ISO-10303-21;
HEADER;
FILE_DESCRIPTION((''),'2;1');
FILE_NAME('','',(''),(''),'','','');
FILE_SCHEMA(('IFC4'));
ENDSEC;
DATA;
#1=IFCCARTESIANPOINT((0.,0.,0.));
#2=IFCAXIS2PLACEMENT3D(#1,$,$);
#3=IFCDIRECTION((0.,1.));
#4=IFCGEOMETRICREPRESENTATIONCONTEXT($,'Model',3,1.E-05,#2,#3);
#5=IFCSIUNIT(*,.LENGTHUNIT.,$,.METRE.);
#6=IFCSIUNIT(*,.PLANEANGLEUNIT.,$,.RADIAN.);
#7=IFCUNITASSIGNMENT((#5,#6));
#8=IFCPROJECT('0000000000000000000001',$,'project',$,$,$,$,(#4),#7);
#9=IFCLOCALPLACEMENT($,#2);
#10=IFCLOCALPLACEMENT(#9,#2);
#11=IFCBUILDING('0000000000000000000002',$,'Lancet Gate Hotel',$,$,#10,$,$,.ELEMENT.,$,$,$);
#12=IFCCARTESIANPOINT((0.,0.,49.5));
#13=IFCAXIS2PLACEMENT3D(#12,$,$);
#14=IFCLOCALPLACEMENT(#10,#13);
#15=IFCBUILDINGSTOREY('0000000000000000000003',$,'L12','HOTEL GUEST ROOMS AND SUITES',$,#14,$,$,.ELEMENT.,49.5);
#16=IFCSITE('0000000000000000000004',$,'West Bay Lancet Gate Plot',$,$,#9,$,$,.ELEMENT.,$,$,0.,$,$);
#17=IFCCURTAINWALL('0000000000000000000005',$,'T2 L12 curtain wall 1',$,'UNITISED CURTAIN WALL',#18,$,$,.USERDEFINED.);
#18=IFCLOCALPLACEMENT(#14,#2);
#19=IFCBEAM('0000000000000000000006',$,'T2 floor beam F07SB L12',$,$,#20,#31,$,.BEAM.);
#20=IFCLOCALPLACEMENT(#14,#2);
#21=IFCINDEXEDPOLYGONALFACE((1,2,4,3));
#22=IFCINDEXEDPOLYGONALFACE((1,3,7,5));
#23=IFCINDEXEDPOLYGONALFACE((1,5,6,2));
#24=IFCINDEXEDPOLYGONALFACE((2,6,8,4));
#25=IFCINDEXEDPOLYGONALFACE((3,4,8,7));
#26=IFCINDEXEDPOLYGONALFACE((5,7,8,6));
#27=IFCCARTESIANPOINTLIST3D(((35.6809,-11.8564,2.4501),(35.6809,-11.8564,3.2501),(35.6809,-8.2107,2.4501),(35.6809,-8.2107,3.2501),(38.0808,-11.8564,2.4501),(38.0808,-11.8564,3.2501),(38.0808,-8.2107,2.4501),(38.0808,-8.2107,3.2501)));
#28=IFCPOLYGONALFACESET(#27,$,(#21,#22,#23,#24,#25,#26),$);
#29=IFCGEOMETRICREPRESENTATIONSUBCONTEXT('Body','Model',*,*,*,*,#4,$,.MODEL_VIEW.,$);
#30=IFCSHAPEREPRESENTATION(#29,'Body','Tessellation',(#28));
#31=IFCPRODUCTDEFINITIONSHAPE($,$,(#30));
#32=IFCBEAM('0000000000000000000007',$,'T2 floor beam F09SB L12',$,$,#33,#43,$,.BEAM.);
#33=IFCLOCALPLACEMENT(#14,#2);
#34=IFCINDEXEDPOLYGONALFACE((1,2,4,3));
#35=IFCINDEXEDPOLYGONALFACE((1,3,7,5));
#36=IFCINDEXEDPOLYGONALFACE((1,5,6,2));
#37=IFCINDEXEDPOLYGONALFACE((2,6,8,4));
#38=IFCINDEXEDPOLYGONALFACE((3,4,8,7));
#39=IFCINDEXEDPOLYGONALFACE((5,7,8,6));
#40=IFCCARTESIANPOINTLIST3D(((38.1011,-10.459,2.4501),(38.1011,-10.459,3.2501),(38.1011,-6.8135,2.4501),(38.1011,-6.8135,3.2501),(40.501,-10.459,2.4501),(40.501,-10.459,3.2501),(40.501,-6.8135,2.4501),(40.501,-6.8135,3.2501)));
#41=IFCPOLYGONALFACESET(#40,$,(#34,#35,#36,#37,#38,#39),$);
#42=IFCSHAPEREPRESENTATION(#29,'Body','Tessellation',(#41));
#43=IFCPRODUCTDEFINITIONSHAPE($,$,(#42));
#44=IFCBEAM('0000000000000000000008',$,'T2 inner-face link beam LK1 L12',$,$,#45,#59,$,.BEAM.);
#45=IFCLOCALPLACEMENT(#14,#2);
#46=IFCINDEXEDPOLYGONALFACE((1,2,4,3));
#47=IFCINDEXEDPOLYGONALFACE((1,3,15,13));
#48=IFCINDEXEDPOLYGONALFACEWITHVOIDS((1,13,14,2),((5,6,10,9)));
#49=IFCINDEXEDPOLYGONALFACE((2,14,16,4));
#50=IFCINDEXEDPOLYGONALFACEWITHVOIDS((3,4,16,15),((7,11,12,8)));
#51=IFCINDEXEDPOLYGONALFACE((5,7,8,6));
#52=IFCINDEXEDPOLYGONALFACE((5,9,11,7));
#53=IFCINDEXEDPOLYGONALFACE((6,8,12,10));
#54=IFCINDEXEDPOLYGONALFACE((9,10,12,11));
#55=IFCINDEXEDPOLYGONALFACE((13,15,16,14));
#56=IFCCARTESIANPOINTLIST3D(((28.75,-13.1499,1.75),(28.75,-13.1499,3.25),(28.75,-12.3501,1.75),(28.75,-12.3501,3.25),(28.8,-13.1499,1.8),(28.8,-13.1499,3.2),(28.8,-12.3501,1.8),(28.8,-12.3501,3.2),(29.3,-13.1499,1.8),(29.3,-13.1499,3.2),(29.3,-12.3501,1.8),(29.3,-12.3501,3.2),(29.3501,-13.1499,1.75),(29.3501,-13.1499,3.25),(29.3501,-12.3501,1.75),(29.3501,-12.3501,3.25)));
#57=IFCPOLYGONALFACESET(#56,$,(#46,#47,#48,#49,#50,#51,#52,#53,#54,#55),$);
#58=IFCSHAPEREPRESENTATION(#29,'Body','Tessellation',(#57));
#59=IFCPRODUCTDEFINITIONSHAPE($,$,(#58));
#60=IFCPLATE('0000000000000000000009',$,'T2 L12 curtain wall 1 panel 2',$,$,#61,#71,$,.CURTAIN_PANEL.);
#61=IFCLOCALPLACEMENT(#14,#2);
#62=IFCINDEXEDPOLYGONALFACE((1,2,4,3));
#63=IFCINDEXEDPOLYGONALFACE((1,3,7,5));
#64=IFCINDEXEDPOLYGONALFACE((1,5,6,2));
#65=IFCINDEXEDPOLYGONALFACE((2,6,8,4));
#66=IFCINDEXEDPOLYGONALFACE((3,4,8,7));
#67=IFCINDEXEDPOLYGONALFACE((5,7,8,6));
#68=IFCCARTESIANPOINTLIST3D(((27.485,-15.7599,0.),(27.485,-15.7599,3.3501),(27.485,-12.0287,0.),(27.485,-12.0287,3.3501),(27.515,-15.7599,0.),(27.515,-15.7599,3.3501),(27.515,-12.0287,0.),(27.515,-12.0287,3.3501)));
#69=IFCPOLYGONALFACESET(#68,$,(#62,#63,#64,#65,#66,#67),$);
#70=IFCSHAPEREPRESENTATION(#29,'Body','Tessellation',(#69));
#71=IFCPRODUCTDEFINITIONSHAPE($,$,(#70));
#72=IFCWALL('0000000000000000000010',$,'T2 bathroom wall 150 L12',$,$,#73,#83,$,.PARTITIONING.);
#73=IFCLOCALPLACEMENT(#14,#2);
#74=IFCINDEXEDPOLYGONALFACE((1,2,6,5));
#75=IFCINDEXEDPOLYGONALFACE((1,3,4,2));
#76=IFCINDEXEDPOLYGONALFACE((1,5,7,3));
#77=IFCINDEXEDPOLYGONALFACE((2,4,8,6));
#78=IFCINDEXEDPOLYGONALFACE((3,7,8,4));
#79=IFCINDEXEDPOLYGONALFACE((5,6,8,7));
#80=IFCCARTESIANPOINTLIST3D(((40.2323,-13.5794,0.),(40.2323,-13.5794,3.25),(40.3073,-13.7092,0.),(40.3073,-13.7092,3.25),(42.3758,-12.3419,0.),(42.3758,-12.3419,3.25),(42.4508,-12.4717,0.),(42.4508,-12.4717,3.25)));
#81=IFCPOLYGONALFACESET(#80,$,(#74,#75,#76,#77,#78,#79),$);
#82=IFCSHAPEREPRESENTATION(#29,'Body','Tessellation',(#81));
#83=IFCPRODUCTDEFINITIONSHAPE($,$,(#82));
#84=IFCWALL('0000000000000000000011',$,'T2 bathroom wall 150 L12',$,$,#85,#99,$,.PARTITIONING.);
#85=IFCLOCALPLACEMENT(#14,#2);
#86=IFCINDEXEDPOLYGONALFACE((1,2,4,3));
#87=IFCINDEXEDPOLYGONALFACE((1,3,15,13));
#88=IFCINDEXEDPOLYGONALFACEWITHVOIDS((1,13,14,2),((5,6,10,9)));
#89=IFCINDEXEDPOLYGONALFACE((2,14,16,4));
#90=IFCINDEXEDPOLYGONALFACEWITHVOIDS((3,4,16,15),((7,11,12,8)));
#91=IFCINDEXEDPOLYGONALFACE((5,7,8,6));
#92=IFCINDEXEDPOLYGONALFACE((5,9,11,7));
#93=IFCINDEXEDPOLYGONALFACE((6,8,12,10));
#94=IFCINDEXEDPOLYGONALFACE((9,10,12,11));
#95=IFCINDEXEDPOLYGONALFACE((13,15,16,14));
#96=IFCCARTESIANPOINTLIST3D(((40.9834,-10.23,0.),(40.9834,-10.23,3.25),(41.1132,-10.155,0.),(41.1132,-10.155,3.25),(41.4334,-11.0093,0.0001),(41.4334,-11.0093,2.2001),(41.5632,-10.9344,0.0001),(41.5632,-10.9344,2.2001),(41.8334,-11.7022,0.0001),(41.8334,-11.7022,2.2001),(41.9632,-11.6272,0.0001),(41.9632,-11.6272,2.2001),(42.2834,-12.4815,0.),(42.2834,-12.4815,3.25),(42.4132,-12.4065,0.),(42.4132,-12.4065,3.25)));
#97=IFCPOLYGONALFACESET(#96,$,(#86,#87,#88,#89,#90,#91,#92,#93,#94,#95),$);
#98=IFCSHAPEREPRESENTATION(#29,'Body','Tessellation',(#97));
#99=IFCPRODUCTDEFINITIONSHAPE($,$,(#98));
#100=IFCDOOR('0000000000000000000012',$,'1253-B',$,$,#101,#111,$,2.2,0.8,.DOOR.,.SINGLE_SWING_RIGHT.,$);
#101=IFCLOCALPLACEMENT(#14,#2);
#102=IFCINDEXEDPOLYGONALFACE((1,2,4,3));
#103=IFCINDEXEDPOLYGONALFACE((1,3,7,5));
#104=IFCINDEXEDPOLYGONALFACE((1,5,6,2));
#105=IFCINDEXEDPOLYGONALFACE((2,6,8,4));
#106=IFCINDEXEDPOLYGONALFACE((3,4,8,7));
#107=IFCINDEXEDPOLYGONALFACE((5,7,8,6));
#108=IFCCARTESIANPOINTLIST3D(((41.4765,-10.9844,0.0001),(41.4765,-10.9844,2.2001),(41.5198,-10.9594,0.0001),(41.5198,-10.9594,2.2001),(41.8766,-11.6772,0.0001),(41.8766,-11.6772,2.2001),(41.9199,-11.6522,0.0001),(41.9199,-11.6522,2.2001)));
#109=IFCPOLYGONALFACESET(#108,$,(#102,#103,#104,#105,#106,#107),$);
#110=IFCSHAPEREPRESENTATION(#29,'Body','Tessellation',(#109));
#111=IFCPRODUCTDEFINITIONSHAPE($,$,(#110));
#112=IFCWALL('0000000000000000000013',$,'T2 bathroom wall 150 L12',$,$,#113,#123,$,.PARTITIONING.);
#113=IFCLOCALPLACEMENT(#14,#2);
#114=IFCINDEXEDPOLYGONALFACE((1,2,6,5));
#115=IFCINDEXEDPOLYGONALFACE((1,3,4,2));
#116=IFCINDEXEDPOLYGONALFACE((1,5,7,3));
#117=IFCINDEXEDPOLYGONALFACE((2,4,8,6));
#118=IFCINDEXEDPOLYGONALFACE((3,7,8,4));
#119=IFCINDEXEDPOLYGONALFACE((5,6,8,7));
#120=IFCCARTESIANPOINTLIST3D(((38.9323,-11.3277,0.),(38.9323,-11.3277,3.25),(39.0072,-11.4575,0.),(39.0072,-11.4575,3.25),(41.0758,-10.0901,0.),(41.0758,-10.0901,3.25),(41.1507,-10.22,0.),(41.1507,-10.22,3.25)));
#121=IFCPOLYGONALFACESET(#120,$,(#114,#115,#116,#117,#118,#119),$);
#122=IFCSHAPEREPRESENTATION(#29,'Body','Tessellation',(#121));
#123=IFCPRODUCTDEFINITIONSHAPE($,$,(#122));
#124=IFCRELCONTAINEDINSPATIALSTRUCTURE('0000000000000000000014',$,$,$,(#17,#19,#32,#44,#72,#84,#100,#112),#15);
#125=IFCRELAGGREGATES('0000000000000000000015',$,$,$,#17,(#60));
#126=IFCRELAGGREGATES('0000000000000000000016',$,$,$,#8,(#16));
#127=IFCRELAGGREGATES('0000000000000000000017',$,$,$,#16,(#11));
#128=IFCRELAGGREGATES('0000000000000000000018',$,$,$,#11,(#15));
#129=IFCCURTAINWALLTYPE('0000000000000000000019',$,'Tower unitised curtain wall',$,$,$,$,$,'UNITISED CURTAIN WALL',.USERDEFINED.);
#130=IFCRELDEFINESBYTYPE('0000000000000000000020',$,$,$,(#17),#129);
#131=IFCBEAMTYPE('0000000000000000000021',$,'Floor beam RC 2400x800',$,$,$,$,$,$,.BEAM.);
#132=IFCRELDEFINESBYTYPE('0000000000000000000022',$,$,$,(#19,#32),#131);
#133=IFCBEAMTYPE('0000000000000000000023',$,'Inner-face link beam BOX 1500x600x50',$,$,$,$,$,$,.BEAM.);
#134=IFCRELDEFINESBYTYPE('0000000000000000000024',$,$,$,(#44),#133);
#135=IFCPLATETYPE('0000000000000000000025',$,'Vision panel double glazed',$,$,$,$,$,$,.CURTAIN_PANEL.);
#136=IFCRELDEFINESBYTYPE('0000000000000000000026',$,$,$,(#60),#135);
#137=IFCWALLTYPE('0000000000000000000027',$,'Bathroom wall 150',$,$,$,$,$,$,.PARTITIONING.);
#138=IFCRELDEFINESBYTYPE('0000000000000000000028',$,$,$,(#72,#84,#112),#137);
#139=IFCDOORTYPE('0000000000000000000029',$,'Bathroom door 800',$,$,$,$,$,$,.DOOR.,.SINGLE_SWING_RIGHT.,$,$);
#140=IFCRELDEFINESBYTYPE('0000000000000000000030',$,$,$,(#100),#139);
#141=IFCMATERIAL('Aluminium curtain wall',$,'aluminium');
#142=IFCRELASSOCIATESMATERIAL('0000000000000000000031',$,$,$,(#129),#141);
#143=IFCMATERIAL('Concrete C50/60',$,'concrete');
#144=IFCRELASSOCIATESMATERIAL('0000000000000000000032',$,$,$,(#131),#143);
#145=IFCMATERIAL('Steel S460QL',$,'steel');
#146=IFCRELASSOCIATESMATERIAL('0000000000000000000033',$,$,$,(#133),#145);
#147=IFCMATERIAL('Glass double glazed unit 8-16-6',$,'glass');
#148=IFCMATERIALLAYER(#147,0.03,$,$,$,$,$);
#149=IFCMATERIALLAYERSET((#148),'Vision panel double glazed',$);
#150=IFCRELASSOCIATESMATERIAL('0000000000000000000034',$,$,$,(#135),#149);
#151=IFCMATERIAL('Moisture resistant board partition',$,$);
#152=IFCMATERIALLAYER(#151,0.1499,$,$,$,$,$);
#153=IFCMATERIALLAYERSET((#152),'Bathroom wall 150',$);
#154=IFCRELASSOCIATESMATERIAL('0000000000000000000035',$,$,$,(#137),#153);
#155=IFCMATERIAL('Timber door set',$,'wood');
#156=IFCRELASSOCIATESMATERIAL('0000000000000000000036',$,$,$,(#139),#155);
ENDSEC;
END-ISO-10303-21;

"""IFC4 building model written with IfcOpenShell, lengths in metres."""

from ifc_helpers import new_model, si_unit, direction, frame, frame_2d, origin, origin_2d, place, context, subcontext, project, spatial, rectangle, hollow_rectangle, extrude, material, layer, layer_set, material_profile, profile_set, type_object, element, fill, aggregate, save


model = new_model("IFC4")

# Units and contexts
model_context = context("Model", 3, precision=1e-05, world=origin(), true_north=direction((0.0, 1.0)))
body_context = subcontext(model_context, "Body", "Model", "MODEL_VIEW")
ifc_project = project(units=[si_unit("LENGTHUNIT", "METRE"), si_unit("PLANEANGLEUNIT", "RADIAN")], contexts=[model_context])

# Site, building, storey
site_placement = place(None, origin())
site = spatial("IfcSite", under=ifc_project, at=site_placement, Name="West Bay Lancet Gate Plot", CompositionType="ELEMENT", RefElevation=0.0)
building_placement = place(site_placement, origin())
building = spatial("IfcBuilding", under=site, at=building_placement, Name="Lancet Gate Hotel", CompositionType="ELEMENT")
storey_placement = place(building_placement, frame((0.0, 0.0, 49.5)))
storey = spatial("IfcBuildingStorey", under=building, at=storey_placement, Name="L12", Description="HOTEL GUEST ROOMS AND SUITES", CompositionType="ELEMENT", Elevation=49.5)

# Curtain wall
ifc_material_1 = material(Name="Aluminium curtain wall", Category="aluminium")
curtain_wall_type = type_object("IfcCurtainWallType", Name="Tower unitised curtain wall", ElementType="UNITISED CURTAIN WALL", PredefinedType="USERDEFINED", material=ifc_material_1)
curtain_wall_placement = place(storey_placement, origin())
curtain_wall = element("IfcCurtainWall", 1, at=curtain_wall_placement, inside=storey, type_object=curtain_wall_type, Name="T2 L12 curtain wall 1", ObjectType="UNITISED CURTAIN WALL", PredefinedType="USERDEFINED")

# Beams
ifc_material_2 = material(Name="Concrete C50/60", Category="concrete")
ifc_material_profile_1 = material_profile(ifc_material_2, rectangle(XDim=2.3999, YDim=0.8, at=origin_2d()), Name="RC 2400x800")
ifc_profile_set_1 = profile_set([ifc_material_profile_1], Name="Concrete C50/60")
beam_type_1 = type_object("IfcBeamType", Name="Floor beam RC 2400x800", PredefinedType="BEAM", material=ifc_profile_set_1)
for number, where, z_axis, x_axis, name in (
    (2, (36.8809, -11.8564, 2.8501), (0.0, 1.0, 0.0), (-1.0, 0.0, 0.0), "T2 floor beam F07SB L12"),
):
    element("IfcBeam", number, at=place(storey_placement, frame(where, z_axis=z_axis, x_axis=x_axis)), inside=storey, type_object=beam_type_1, Name=name, PredefinedType="BEAM", context=body_context, shape_type="SweptSolid", body=[
        extrude(rectangle(XDim=2.3999, YDim=0.8, at=origin_2d()), origin(), (0.0, 0.0, 1.0), 3.6458),
    ])
beam_1_placement = place(storey_placement, frame((39.301, -10.459, 2.8501), z_axis=(0.0, 1.0, 0.0), x_axis=(-1.0, 0.0, 0.0)))
element("IfcBeam", 3, at=beam_1_placement, inside=storey, type_object=beam_type_1, Name="T2 floor beam F09SB L12", PredefinedType="BEAM", context=body_context, shape_type="SweptSolid", body=[
    extrude(rectangle(XDim=2.3999, YDim=0.8, at=origin_2d()), origin(), (0.0, 0.0, 1.0), 3.6455),
])
ifc_material_3 = material(Name="Steel S460QL", Category="steel")
ifc_material_profile_2 = material_profile(ifc_material_3, hollow_rectangle(XDim=0.6001, YDim=1.5, WallThickness=0.05, at=origin_2d()), Name="BOX 1500x600x50")
ifc_profile_set_2 = profile_set([ifc_material_profile_2], Name="Steel S460QL")
beam_type_2 = type_object("IfcBeamType", Name="Inner-face link beam BOX 1500x600x50", PredefinedType="BEAM", material=ifc_profile_set_2)
beam_2_placement = place(storey_placement, frame((29.05, -13.1499, 2.5), z_axis=(0.0, 1.0, 0.0), x_axis=(-1.0, 0.0, 0.0)))
element("IfcBeam", 4, at=beam_2_placement, inside=storey, type_object=beam_type_2, Name="T2 inner-face link beam LK1 L12", PredefinedType="BEAM", context=body_context, shape_type="SweptSolid", body=[
    extrude(hollow_rectangle(XDim=0.6001, YDim=1.5, WallThickness=0.05, at=origin_2d()), origin(), (0.0, 0.0, 1.0), 0.7998),
])

# Plate
ifc_material_4 = material(Name="Glass double glazed unit 8-16-6", Category="glass")
ifc_layer_1 = layer(ifc_material_4, 0.03)
ifc_layer_set_1 = layer_set([ifc_layer_1], Name="Vision panel double glazed")
plate_type = type_object("IfcPlateType", Name="Vision panel double glazed", PredefinedType="CURTAIN_PANEL", material=ifc_layer_set_1)
plate_placement = place(storey_placement, frame((27.5, -13.8943, 0.0), z_axis=(0.0, 0.0, 1.0), x_axis=(0.0, -1.0, 0.0)))
plate = element("IfcPlate", 5, at=plate_placement, type_object=plate_type, Name="T2 L12 curtain wall 1 panel 2", PredefinedType="CURTAIN_PANEL", context=body_context, shape_type="SweptSolid", body=[
    extrude(rectangle(XDim=3.7312, YDim=0.03, at=origin_2d()), origin(), (0.0, 0.0, 1.0), 3.3501),
])
aggregate(curtain_wall, [plate])

# Wall
ifc_material_5 = material(Name="Moisture resistant board partition")
ifc_layer_2 = layer(ifc_material_5, 0.1499)
ifc_layer_set_2 = layer_set([ifc_layer_2], Name="Bathroom wall 150")
wall_type_1 = type_object("IfcWallType", Name="Bathroom wall 150", PredefinedType="PARTITIONING", material=ifc_layer_set_2)
wall_1_placement = place(storey_placement, frame((40.2698, -13.6443, 0.0), z_axis=(0.0, 0.0, 1.0), x_axis=(0.866031, 0.49999, 0.0)))
element("IfcWall", 6, at=wall_1_placement, inside=storey, type_object=wall_type_1, Name="T2 bathroom wall 150 L12", PredefinedType="PARTITIONING", context=body_context, shape_type="SweptSolid", body=[
    extrude(rectangle(XDim=2.4751, YDim=0.1499, at=frame_2d((1.2375, 0.0))), origin(), (0.0, 0.0, 1.0), 3.25),
])

# Wall, opening, door
wall_2_placement = place(storey_placement, frame((41.0483, -10.1926, 0.0), z_axis=(0.0, 0.0, 1.0), x_axis=(0.500048, -0.865998, 0.0)))
wall_2 = element("IfcWall", 7, at=wall_2_placement, inside=storey, type_object=wall_type_1, Name="T2 bathroom wall 150 L12", PredefinedType="PARTITIONING", context=body_context, shape_type="SweptSolid", body=[
    extrude(rectangle(XDim=2.5999, YDim=0.1499, at=frame_2d((1.2998, 0.0))), origin(), (0.0, 0.0, 1.0), 3.25),
])
opening_1_placement = place(wall_2_placement, frame((0.8999, 0.0, 0.0)))
opening_1 = element("IfcOpeningElement", 8, at=opening_1_placement, cuts=wall_2, PredefinedType="OPENING", context=body_context, shape_type="SweptSolid", body=[
    extrude(rectangle(XDim=0.8, YDim=2.2, at=frame_2d((0.3999, 1.1001))), frame((0.0, 0.085, 0.0), z_axis=(0.0, -1.0, 0.0), x_axis=(1.0, 0.0, 0.0)), (0.0, 0.0, 1.0), 0.1699),
])
ifc_material_6 = material(Name="Timber door set", Category="wood")
door_type_1 = type_object("IfcDoorType", Name="Bathroom door 800", OperationType="SINGLE_SWING_RIGHT", PredefinedType="DOOR", material=ifc_material_6)
door_1_placement = place(opening_1_placement, origin())
door_1 = element("IfcDoor", 9, at=door_1_placement, inside=storey, type_object=door_type_1, Name="1253-B", OperationType="SINGLE_SWING_RIGHT", OverallHeight=2.2, OverallWidth=0.8, PredefinedType="DOOR", context=body_context, shape_type="SweptSolid", body=[
    extrude(rectangle(XDim=0.8, YDim=2.2, at=frame_2d((0.3999, 1.1001))), frame((0.0, 0.0249, 0.0), z_axis=(0.0, -1.0, 0.0), x_axis=(1.0, 0.0, 0.0)), (0.0, 0.0, 1.0), 0.05),
])
fill(opening_1, door_1)

# Wall
wall_3_placement = place(storey_placement, frame((38.9697, -11.3926, 0.0), z_axis=(0.0, 0.0, 1.0), x_axis=(0.866031, 0.49999, 0.0)))
element("IfcWall", 10, at=wall_3_placement, inside=storey, type_object=wall_type_1, Name="T2 bathroom wall 150 L12", PredefinedType="PARTITIONING", context=body_context, shape_type="SweptSolid", body=[
    extrude(rectangle(XDim=2.4751, YDim=0.1499, at=frame_2d((1.2375, 0.0))), origin(), (0.0, 0.0, 1.0), 3.25),
])

save(model, "model.ifc")
